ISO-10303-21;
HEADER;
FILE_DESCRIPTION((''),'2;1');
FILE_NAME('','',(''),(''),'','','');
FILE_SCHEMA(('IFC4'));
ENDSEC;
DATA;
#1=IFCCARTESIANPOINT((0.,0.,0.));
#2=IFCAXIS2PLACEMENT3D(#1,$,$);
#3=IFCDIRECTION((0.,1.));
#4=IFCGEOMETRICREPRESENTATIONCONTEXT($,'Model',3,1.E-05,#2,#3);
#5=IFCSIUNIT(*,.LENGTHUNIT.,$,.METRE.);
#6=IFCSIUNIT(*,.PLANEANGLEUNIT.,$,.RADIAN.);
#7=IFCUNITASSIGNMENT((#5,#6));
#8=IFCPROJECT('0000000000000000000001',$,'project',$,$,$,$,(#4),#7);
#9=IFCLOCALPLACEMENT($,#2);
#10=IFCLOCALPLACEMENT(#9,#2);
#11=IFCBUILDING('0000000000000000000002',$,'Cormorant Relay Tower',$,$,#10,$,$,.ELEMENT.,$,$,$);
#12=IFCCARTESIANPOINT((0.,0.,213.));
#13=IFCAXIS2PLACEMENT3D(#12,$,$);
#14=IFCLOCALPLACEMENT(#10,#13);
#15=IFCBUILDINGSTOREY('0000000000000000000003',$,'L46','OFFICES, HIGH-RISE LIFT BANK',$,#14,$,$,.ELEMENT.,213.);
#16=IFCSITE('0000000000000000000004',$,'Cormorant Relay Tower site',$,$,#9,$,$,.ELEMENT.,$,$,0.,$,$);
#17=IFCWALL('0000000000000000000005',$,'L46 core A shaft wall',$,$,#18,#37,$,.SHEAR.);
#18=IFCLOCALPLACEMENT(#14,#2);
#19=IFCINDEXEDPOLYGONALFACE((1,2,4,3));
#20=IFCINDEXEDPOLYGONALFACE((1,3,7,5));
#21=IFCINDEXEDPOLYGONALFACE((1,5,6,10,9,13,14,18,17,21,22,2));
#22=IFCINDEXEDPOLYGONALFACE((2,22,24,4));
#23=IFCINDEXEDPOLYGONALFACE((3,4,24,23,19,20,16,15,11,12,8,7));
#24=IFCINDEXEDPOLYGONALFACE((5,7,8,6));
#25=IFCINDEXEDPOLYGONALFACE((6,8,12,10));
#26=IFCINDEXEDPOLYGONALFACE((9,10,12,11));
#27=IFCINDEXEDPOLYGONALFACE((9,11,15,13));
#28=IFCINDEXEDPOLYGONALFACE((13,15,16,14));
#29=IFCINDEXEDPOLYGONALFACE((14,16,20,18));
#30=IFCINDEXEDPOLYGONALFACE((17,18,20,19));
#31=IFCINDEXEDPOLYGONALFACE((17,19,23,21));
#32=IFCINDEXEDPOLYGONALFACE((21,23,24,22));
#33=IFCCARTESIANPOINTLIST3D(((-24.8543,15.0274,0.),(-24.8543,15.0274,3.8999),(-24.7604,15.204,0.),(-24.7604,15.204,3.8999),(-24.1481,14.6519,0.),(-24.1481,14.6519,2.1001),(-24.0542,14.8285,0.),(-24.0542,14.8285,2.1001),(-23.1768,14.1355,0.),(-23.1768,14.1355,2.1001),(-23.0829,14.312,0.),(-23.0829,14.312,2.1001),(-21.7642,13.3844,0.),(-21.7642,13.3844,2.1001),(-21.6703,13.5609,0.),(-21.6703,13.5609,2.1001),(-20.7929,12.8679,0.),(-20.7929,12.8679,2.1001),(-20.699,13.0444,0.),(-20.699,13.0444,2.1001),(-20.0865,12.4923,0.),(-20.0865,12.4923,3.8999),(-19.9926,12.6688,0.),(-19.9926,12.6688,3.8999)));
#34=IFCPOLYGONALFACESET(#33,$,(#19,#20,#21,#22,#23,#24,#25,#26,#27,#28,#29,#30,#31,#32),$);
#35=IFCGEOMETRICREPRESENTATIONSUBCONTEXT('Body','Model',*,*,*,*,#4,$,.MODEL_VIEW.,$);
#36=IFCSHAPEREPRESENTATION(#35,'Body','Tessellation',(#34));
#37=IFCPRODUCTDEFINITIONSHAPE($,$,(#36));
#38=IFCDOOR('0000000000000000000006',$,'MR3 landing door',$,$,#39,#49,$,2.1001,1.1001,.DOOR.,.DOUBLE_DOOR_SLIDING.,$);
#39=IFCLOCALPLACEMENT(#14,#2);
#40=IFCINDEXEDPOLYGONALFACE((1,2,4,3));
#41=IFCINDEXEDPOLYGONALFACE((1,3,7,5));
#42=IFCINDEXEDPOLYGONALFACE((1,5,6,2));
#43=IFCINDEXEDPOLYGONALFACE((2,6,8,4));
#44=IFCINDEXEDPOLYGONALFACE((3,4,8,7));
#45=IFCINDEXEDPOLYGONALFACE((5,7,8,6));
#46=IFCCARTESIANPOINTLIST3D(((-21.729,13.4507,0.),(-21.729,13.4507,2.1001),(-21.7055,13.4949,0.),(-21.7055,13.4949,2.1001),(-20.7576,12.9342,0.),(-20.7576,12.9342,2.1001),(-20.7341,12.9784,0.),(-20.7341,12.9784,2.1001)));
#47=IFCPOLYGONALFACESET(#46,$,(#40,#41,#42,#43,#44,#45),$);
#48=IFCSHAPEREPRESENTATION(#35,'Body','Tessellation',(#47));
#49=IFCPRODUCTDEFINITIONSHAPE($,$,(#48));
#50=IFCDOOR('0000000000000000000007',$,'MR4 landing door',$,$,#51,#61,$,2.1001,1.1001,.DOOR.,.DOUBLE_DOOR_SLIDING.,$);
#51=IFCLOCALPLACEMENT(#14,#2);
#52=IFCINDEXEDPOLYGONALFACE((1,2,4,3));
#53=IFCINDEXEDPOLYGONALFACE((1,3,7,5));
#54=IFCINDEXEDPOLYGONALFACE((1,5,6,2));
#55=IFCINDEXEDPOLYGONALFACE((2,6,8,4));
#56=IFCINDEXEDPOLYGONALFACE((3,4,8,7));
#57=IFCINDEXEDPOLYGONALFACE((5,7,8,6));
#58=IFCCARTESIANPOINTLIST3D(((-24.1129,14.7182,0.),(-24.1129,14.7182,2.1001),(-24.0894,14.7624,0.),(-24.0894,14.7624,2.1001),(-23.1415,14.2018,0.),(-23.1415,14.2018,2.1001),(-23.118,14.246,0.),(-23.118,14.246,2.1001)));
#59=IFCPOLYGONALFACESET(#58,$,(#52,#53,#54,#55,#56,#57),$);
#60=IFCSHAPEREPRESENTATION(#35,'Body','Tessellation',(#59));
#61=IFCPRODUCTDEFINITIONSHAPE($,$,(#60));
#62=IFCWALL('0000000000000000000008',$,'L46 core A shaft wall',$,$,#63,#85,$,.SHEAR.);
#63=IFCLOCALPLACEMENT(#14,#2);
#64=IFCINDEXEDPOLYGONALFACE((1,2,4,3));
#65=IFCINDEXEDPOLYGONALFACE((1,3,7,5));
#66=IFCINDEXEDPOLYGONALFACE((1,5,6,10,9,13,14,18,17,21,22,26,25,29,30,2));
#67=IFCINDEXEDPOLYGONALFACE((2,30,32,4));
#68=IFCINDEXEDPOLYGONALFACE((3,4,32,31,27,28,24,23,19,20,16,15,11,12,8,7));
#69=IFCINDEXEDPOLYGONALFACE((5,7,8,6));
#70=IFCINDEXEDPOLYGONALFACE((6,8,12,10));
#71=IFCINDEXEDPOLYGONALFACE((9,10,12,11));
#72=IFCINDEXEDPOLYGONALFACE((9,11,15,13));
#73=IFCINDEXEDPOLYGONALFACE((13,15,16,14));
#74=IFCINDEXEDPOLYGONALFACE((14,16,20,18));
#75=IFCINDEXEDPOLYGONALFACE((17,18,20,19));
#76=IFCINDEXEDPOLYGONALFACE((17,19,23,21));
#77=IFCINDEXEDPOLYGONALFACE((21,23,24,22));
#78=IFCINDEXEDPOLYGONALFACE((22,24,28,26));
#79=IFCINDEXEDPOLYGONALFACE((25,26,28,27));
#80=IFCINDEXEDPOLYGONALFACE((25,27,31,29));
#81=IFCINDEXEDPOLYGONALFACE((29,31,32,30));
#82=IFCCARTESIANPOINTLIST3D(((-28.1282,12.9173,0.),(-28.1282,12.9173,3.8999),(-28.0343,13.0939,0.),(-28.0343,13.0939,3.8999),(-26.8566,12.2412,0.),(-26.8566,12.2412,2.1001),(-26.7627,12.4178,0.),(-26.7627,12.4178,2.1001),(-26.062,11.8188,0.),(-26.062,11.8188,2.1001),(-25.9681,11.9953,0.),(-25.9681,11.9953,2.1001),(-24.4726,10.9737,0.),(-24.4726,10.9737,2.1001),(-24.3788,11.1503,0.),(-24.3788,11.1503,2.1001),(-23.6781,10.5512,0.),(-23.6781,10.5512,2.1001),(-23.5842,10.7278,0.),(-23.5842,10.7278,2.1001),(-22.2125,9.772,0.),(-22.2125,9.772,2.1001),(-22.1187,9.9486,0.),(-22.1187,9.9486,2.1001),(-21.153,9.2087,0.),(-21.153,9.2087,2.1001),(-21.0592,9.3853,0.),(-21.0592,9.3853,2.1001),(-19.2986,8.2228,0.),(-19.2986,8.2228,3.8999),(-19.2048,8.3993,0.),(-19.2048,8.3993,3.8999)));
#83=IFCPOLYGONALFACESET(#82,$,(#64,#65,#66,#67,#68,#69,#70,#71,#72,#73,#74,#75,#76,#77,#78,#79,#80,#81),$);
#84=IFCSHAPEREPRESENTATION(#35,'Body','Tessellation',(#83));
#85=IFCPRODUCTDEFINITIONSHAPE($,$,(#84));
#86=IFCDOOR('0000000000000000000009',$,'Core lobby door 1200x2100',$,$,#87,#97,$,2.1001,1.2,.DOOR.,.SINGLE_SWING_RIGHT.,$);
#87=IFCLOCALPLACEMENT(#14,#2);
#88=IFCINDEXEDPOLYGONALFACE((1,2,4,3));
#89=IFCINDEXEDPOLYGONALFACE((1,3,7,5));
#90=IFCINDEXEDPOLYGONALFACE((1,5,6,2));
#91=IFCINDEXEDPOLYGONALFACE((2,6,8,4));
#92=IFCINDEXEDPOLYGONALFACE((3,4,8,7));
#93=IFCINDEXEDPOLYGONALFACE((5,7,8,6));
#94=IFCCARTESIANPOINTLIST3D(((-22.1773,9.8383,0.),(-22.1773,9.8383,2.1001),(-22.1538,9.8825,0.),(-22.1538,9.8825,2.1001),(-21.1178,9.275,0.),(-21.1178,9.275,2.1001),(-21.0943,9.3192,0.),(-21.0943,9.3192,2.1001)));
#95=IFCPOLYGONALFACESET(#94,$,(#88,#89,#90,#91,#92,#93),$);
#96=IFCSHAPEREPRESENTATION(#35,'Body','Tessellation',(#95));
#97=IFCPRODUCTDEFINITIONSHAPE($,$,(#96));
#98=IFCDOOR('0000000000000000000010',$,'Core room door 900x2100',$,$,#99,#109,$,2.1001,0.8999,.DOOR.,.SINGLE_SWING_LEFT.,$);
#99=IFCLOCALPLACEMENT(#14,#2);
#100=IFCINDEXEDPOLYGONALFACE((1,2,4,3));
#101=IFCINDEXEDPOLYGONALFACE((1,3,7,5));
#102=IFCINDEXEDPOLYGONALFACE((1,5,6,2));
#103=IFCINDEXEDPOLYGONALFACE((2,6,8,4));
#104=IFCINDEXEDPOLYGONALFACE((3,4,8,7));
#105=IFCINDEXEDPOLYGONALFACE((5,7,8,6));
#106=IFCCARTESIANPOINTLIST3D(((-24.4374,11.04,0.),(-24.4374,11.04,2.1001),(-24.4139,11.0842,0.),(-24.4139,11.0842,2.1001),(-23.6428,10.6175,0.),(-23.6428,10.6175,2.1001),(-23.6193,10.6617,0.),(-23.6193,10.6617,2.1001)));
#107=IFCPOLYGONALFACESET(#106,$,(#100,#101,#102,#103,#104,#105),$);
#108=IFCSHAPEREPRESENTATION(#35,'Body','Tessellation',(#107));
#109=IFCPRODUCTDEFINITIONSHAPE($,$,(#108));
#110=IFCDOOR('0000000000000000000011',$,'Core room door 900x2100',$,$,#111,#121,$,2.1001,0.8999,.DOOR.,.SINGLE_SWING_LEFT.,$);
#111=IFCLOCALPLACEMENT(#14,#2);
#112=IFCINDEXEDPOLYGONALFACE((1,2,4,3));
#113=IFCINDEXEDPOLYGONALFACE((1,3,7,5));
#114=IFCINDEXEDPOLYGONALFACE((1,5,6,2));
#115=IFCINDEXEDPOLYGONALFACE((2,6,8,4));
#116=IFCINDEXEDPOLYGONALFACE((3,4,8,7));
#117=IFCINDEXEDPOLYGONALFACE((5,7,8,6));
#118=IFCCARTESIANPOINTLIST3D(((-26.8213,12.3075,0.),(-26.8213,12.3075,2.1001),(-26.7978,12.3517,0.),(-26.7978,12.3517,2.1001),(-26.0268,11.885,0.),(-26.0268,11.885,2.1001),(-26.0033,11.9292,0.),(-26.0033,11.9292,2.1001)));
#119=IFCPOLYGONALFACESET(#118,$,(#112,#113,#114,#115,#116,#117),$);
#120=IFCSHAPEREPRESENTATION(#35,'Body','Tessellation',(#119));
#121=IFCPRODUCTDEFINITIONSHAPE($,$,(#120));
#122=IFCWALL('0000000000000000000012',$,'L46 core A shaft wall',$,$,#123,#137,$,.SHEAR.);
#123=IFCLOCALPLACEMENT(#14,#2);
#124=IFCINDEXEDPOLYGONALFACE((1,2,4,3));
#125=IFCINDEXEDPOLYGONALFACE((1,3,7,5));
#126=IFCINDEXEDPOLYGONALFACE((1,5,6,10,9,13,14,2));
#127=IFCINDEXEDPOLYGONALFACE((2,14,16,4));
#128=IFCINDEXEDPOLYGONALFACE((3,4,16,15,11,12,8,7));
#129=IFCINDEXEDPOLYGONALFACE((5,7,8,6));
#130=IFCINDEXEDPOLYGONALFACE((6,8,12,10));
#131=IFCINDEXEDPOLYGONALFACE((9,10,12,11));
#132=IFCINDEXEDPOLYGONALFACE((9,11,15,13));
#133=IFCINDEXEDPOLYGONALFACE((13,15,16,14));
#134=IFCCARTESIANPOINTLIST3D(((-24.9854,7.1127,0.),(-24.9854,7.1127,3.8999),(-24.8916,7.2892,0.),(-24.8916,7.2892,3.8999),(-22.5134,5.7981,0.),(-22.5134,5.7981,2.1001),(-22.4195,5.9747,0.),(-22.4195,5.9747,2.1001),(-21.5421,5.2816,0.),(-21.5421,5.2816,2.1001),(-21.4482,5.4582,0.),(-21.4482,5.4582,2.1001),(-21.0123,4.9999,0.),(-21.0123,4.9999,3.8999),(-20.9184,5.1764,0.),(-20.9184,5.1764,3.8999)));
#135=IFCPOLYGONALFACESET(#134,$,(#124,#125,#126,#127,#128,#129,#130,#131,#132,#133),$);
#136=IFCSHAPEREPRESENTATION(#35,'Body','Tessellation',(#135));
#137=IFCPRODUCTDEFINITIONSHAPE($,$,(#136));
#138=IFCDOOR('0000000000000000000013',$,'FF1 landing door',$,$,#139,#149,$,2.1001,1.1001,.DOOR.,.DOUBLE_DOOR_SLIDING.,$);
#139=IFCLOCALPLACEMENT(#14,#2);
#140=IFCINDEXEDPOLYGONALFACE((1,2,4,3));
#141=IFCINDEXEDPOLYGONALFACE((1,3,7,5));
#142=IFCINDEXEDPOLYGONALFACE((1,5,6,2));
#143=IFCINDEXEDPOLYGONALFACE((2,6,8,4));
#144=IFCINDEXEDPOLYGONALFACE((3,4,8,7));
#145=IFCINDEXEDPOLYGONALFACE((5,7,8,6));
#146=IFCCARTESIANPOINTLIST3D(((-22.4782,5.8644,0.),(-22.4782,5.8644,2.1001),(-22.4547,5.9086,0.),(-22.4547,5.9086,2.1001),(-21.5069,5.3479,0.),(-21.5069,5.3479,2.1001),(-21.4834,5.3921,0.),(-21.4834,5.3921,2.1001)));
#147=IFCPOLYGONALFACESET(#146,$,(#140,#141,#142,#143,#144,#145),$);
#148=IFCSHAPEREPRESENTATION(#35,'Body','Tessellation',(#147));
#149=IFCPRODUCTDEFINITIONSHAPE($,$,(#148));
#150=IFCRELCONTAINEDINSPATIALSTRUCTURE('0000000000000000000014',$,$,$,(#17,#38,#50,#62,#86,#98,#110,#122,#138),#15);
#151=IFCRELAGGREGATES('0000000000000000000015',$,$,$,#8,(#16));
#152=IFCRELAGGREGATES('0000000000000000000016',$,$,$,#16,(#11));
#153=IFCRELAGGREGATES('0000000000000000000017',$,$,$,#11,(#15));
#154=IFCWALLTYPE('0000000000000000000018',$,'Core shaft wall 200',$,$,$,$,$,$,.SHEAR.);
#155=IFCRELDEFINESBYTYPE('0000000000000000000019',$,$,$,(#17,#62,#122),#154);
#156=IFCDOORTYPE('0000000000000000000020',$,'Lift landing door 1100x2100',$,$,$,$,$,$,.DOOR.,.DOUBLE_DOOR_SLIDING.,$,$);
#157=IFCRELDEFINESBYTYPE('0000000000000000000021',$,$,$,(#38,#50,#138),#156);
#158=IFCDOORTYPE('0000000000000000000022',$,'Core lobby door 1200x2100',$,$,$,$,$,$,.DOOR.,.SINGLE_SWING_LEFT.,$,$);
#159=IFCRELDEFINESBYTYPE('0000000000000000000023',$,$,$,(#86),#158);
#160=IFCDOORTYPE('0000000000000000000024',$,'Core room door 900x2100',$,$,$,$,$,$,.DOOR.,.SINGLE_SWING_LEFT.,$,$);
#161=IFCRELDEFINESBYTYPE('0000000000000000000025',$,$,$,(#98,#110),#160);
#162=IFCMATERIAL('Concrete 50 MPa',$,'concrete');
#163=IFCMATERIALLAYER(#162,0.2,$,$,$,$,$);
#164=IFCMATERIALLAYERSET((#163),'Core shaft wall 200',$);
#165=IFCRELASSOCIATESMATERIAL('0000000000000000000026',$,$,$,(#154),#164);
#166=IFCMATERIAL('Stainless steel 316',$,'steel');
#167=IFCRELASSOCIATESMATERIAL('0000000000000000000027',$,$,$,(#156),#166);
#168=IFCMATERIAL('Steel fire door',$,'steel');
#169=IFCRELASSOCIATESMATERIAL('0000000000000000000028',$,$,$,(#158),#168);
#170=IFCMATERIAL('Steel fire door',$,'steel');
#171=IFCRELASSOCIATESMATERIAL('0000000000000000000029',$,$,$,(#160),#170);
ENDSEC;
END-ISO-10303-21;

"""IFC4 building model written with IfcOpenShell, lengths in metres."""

from ifc_helpers import new_model, si_unit, direction, frame, frame_2d, origin, place, context, subcontext, project, spatial, rectangle, extrude, material, layer, layer_set, type_object, element, fill, save


model = new_model("IFC4")

# Units and contexts
model_context = context("Model", 3, precision=1e-05, world=origin(), true_north=direction((0.0, 1.0)))
body_context = subcontext(model_context, "Body", "Model", "MODEL_VIEW")
ifc_project = project(units=[si_unit("LENGTHUNIT", "METRE"), si_unit("PLANEANGLEUNIT", "RADIAN")], contexts=[model_context])

# Site, building, storey
site_placement = place(None, origin())
site = spatial("IfcSite", under=ifc_project, at=site_placement, Name="Cormorant Relay Tower site", CompositionType="ELEMENT", RefElevation=0.0)
building_placement = place(site_placement, origin())
building = spatial("IfcBuilding", under=site, at=building_placement, Name="Cormorant Relay Tower", CompositionType="ELEMENT")
storey_placement = place(building_placement, frame((0.0, 0.0, 213.0)))
storey = spatial("IfcBuildingStorey", under=building, at=storey_placement, Name="L46", Description="OFFICES, HIGH-RISE LIFT BANK", CompositionType="ELEMENT", Elevation=213.0)

# Shared definitions
ifc_material_1 = material(Name="Concrete 50 MPa", Category="concrete")
ifc_layer_1 = layer(ifc_material_1, 0.2)
ifc_layer_set_1 = layer_set([ifc_layer_1], Name="Core shaft wall 200")
wall_type_1 = type_object("IfcWallType", Name="Core shaft wall 200", PredefinedType="SHEAR", material=ifc_layer_set_1)

# Walls, openings, doors
wall_1_placement = place(storey_placement, frame((-20.0396, 12.5806, 0.0), z_axis=(0.0, 0.0, 1.0), x_axis=(-0.882943, 0.46948, 0.0)))
wall_1 = element("IfcWall", 1, at=wall_1_placement, inside=storey, type_object=wall_type_1, Name="L46 core A shaft wall", PredefinedType="SHEAR", context=body_context, shape_type="SweptSolid", body=[
    extrude(rectangle(XDim=5.3999, YDim=0.2, at=frame_2d((2.7, 0.0))), origin(), (0.0, 0.0, 1.0), 3.8999),
])
opening_1_placement = place(wall_1_placement, frame((0.8, 0.0, 0.0)))
opening_1 = element("IfcOpeningElement", 2, at=opening_1_placement, cuts=wall_1, PredefinedType="OPENING", context=body_context, shape_type="SweptSolid", body=[
    extrude(rectangle(XDim=1.1001, YDim=2.1001, at=frame_2d((0.55, 1.05))), frame((0.0, 0.1099, 0.0), z_axis=(0.0, -1.0, 0.0), x_axis=(1.0, 0.0, 0.0)), (0.0, 0.0, 1.0), 0.22),
])
opening_2_placement = place(wall_1_placement, frame((3.5, 0.0, 0.0)))
opening_2 = element("IfcOpeningElement", 3, at=opening_2_placement, cuts=wall_1, PredefinedType="OPENING", context=body_context, shape_type="SweptSolid", body=[
    extrude(rectangle(XDim=1.1001, YDim=2.1001, at=frame_2d((0.55, 1.05))), frame((0.0, 0.1099, 0.0), z_axis=(0.0, -1.0, 0.0), x_axis=(1.0, 0.0, 0.0)), (0.0, 0.0, 1.0), 0.22),
])
ifc_material_2 = material(Name="Stainless steel 316", Category="steel")
door_type_1 = type_object("IfcDoorType", Name="Lift landing door 1100x2100", OperationType="DOUBLE_DOOR_SLIDING", PredefinedType="DOOR", material=ifc_material_2)
door_1_placement = place(opening_1_placement, origin())
door_1 = element("IfcDoor", 4, at=door_1_placement, inside=storey, type_object=door_type_1, Name="MR3 landing door", OperationType="DOUBLE_DOOR_SLIDING", OverallHeight=2.1001, OverallWidth=1.1001, PredefinedType="DOOR", context=body_context, shape_type="SweptSolid", body=[
    extrude(rectangle(XDim=1.1001, YDim=2.1001, at=frame_2d((0.55, 1.05))), frame((0.0, 0.0249, 0.0), z_axis=(0.0, -1.0, 0.0), x_axis=(1.0, 0.0, 0.0)), (0.0, 0.0, 1.0), 0.05),
])
fill(opening_1, door_1)
door_2_placement = place(opening_2_placement, origin())
door_2 = element("IfcDoor", 5, at=door_2_placement, inside=storey, type_object=door_type_1, Name="MR4 landing door", OperationType="DOUBLE_DOOR_SLIDING", OverallHeight=2.1001, OverallWidth=1.1001, PredefinedType="DOOR", context=body_context, shape_type="SweptSolid", body=[
    extrude(rectangle(XDim=1.1001, YDim=2.1001, at=frame_2d((0.55, 1.05))), frame((0.0, 0.0249, 0.0), z_axis=(0.0, -1.0, 0.0), x_axis=(1.0, 0.0, 0.0)), (0.0, 0.0, 1.0), 0.05),
])
fill(opening_2, door_2)
wall_2_placement = place(storey_placement, frame((-19.2517, 8.311, 0.0), z_axis=(0.0, 0.0, 1.0), x_axis=(-0.882956, 0.469456, 0.0)))
wall_2 = element("IfcWall", 6, at=wall_2_placement, inside=storey, type_object=wall_type_1, Name="L46 core A shaft wall", PredefinedType="SHEAR", context=body_context, shape_type="SweptSolid", body=[
    extrude(rectangle(XDim=10.0, YDim=0.2, at=frame_2d((5.0, 0.0))), origin(), (0.0, 0.0, 1.0), 3.8999),
])
opening_3_placement = place(wall_2_placement, frame((2.1001, 0.0, 0.0)))
opening_3 = element("IfcOpeningElement", 7, at=opening_3_placement, cuts=wall_2, PredefinedType="OPENING", context=body_context, shape_type="SweptSolid", body=[
    extrude(rectangle(XDim=1.2, YDim=2.1001, at=frame_2d((0.6001, 1.05))), frame((0.0, 0.1099, 0.0), z_axis=(0.0, -1.0, 0.0), x_axis=(1.0, 0.0, 0.0)), (0.0, 0.0, 1.0), 0.22),
])
opening_4_placement = place(wall_2_placement, frame((4.96, 0.0, 0.0)))
opening_4 = element("IfcOpeningElement", 8, at=opening_4_placement, cuts=wall_2, PredefinedType="OPENING", context=body_context, shape_type="SweptSolid", body=[
    extrude(rectangle(XDim=0.8999, YDim=2.1001, at=frame_2d((0.45, 1.05))), frame((0.0, 0.1099, 0.0), z_axis=(0.0, -1.0, 0.0), x_axis=(1.0, 0.0, 0.0)), (0.0, 0.0, 1.0), 0.22),
])
opening_5_placement = place(wall_2_placement, frame((7.6599, 0.0, 0.0)))
opening_5 = element("IfcOpeningElement", 9, at=opening_5_placement, cuts=wall_2, PredefinedType="OPENING", context=body_context, shape_type="SweptSolid", body=[
    extrude(rectangle(XDim=0.8999, YDim=2.1001, at=frame_2d((0.45, 1.05))), frame((0.0, 0.1099, 0.0), z_axis=(0.0, -1.0, 0.0), x_axis=(1.0, 0.0, 0.0)), (0.0, 0.0, 1.0), 0.22),
])
ifc_material_3 = material(Name="Steel fire door", Category="steel")
door_type_2 = type_object("IfcDoorType", Name="Core lobby door 1200x2100", OperationType="SINGLE_SWING_LEFT", PredefinedType="DOOR", material=ifc_material_3)
door_3_placement = place(opening_3_placement, origin())
door_3 = element("IfcDoor", 10, at=door_3_placement, inside=storey, type_object=door_type_2, Name="Core lobby door 1200x2100", OperationType="SINGLE_SWING_RIGHT", OverallHeight=2.1001, OverallWidth=1.2, PredefinedType="DOOR", context=body_context, shape_type="SweptSolid", body=[
    extrude(rectangle(XDim=1.2, YDim=2.1001, at=frame_2d((0.6001, 1.05))), frame((0.0, 0.0249, 0.0), z_axis=(0.0, -1.0, 0.0), x_axis=(1.0, 0.0, 0.0)), (0.0, 0.0, 1.0), 0.05),
])
fill(opening_3, door_3)
ifc_material_4 = material(Name="Steel fire door", Category="steel")
door_type_3 = type_object("IfcDoorType", Name="Core room door 900x2100", OperationType="SINGLE_SWING_LEFT", PredefinedType="DOOR", material=ifc_material_4)
door_4_placement = place(opening_4_placement, origin())
door_4 = element("IfcDoor", 11, at=door_4_placement, inside=storey, type_object=door_type_3, Name="Core room door 900x2100", OperationType="SINGLE_SWING_LEFT", OverallHeight=2.1001, OverallWidth=0.8999, PredefinedType="DOOR", context=body_context, shape_type="SweptSolid", body=[
    extrude(rectangle(XDim=0.8999, YDim=2.1001, at=frame_2d((0.45, 1.05))), frame((0.0, 0.0249, 0.0), z_axis=(0.0, -1.0, 0.0), x_axis=(1.0, 0.0, 0.0)), (0.0, 0.0, 1.0), 0.05),
])
fill(opening_4, door_4)
door_5_placement = place(opening_5_placement, origin())
door_5 = element("IfcDoor", 12, at=door_5_placement, inside=storey, type_object=door_type_3, Name="Core room door 900x2100", OperationType="SINGLE_SWING_LEFT", OverallHeight=2.1001, OverallWidth=0.8999, PredefinedType="DOOR", context=body_context, shape_type="SweptSolid", body=[
    extrude(rectangle(XDim=0.8999, YDim=2.1001, at=frame_2d((0.45, 1.05))), frame((0.0, 0.0249, 0.0), z_axis=(0.0, -1.0, 0.0), x_axis=(1.0, 0.0, 0.0)), (0.0, 0.0, 1.0), 0.05),
])
fill(opening_5, door_5)

# Wall, opening, door
wall_3_placement = place(storey_placement, frame((-20.9653, 5.0881, 0.0), z_axis=(0.0, 0.0, 1.0), x_axis=(-0.882926, 0.469512, 0.0)))
wall_3 = element("IfcWall", 13, at=wall_3_placement, inside=storey, type_object=wall_type_1, Name="L46 core A shaft wall", PredefinedType="SHEAR", context=body_context, shape_type="SweptSolid", body=[
    extrude(rectangle(XDim=4.5, YDim=0.2, at=frame_2d((2.25, 0.0))), origin(), (0.0, 0.0, 1.0), 3.8999),
])
opening_6_placement = place(wall_3_placement, frame((0.6001, 0.0, 0.0)))
opening_6 = element("IfcOpeningElement", 14, at=opening_6_placement, cuts=wall_3, PredefinedType="OPENING", context=body_context, shape_type="SweptSolid", body=[
    extrude(rectangle(XDim=1.1001, YDim=2.1001, at=frame_2d((0.55, 1.05))), frame((0.0, 0.1099, 0.0), z_axis=(0.0, -1.0, 0.0), x_axis=(1.0, 0.0, 0.0)), (0.0, 0.0, 1.0), 0.22),
])
door_6_placement = place(opening_6_placement, origin())
door_6 = element("IfcDoor", 15, at=door_6_placement, inside=storey, type_object=door_type_1, Name="FF1 landing door", OperationType="DOUBLE_DOOR_SLIDING", OverallHeight=2.1001, OverallWidth=1.1001, PredefinedType="DOOR", context=body_context, shape_type="SweptSolid", body=[
    extrude(rectangle(XDim=1.1001, YDim=2.1001, at=frame_2d((0.55, 1.05))), frame((0.0, 0.0249, 0.0), z_axis=(0.0, -1.0, 0.0), x_axis=(1.0, 0.0, 0.0)), (0.0, 0.0, 1.0), 0.05),
])
fill(opening_6, door_6)

save(model, "model.ifc")
